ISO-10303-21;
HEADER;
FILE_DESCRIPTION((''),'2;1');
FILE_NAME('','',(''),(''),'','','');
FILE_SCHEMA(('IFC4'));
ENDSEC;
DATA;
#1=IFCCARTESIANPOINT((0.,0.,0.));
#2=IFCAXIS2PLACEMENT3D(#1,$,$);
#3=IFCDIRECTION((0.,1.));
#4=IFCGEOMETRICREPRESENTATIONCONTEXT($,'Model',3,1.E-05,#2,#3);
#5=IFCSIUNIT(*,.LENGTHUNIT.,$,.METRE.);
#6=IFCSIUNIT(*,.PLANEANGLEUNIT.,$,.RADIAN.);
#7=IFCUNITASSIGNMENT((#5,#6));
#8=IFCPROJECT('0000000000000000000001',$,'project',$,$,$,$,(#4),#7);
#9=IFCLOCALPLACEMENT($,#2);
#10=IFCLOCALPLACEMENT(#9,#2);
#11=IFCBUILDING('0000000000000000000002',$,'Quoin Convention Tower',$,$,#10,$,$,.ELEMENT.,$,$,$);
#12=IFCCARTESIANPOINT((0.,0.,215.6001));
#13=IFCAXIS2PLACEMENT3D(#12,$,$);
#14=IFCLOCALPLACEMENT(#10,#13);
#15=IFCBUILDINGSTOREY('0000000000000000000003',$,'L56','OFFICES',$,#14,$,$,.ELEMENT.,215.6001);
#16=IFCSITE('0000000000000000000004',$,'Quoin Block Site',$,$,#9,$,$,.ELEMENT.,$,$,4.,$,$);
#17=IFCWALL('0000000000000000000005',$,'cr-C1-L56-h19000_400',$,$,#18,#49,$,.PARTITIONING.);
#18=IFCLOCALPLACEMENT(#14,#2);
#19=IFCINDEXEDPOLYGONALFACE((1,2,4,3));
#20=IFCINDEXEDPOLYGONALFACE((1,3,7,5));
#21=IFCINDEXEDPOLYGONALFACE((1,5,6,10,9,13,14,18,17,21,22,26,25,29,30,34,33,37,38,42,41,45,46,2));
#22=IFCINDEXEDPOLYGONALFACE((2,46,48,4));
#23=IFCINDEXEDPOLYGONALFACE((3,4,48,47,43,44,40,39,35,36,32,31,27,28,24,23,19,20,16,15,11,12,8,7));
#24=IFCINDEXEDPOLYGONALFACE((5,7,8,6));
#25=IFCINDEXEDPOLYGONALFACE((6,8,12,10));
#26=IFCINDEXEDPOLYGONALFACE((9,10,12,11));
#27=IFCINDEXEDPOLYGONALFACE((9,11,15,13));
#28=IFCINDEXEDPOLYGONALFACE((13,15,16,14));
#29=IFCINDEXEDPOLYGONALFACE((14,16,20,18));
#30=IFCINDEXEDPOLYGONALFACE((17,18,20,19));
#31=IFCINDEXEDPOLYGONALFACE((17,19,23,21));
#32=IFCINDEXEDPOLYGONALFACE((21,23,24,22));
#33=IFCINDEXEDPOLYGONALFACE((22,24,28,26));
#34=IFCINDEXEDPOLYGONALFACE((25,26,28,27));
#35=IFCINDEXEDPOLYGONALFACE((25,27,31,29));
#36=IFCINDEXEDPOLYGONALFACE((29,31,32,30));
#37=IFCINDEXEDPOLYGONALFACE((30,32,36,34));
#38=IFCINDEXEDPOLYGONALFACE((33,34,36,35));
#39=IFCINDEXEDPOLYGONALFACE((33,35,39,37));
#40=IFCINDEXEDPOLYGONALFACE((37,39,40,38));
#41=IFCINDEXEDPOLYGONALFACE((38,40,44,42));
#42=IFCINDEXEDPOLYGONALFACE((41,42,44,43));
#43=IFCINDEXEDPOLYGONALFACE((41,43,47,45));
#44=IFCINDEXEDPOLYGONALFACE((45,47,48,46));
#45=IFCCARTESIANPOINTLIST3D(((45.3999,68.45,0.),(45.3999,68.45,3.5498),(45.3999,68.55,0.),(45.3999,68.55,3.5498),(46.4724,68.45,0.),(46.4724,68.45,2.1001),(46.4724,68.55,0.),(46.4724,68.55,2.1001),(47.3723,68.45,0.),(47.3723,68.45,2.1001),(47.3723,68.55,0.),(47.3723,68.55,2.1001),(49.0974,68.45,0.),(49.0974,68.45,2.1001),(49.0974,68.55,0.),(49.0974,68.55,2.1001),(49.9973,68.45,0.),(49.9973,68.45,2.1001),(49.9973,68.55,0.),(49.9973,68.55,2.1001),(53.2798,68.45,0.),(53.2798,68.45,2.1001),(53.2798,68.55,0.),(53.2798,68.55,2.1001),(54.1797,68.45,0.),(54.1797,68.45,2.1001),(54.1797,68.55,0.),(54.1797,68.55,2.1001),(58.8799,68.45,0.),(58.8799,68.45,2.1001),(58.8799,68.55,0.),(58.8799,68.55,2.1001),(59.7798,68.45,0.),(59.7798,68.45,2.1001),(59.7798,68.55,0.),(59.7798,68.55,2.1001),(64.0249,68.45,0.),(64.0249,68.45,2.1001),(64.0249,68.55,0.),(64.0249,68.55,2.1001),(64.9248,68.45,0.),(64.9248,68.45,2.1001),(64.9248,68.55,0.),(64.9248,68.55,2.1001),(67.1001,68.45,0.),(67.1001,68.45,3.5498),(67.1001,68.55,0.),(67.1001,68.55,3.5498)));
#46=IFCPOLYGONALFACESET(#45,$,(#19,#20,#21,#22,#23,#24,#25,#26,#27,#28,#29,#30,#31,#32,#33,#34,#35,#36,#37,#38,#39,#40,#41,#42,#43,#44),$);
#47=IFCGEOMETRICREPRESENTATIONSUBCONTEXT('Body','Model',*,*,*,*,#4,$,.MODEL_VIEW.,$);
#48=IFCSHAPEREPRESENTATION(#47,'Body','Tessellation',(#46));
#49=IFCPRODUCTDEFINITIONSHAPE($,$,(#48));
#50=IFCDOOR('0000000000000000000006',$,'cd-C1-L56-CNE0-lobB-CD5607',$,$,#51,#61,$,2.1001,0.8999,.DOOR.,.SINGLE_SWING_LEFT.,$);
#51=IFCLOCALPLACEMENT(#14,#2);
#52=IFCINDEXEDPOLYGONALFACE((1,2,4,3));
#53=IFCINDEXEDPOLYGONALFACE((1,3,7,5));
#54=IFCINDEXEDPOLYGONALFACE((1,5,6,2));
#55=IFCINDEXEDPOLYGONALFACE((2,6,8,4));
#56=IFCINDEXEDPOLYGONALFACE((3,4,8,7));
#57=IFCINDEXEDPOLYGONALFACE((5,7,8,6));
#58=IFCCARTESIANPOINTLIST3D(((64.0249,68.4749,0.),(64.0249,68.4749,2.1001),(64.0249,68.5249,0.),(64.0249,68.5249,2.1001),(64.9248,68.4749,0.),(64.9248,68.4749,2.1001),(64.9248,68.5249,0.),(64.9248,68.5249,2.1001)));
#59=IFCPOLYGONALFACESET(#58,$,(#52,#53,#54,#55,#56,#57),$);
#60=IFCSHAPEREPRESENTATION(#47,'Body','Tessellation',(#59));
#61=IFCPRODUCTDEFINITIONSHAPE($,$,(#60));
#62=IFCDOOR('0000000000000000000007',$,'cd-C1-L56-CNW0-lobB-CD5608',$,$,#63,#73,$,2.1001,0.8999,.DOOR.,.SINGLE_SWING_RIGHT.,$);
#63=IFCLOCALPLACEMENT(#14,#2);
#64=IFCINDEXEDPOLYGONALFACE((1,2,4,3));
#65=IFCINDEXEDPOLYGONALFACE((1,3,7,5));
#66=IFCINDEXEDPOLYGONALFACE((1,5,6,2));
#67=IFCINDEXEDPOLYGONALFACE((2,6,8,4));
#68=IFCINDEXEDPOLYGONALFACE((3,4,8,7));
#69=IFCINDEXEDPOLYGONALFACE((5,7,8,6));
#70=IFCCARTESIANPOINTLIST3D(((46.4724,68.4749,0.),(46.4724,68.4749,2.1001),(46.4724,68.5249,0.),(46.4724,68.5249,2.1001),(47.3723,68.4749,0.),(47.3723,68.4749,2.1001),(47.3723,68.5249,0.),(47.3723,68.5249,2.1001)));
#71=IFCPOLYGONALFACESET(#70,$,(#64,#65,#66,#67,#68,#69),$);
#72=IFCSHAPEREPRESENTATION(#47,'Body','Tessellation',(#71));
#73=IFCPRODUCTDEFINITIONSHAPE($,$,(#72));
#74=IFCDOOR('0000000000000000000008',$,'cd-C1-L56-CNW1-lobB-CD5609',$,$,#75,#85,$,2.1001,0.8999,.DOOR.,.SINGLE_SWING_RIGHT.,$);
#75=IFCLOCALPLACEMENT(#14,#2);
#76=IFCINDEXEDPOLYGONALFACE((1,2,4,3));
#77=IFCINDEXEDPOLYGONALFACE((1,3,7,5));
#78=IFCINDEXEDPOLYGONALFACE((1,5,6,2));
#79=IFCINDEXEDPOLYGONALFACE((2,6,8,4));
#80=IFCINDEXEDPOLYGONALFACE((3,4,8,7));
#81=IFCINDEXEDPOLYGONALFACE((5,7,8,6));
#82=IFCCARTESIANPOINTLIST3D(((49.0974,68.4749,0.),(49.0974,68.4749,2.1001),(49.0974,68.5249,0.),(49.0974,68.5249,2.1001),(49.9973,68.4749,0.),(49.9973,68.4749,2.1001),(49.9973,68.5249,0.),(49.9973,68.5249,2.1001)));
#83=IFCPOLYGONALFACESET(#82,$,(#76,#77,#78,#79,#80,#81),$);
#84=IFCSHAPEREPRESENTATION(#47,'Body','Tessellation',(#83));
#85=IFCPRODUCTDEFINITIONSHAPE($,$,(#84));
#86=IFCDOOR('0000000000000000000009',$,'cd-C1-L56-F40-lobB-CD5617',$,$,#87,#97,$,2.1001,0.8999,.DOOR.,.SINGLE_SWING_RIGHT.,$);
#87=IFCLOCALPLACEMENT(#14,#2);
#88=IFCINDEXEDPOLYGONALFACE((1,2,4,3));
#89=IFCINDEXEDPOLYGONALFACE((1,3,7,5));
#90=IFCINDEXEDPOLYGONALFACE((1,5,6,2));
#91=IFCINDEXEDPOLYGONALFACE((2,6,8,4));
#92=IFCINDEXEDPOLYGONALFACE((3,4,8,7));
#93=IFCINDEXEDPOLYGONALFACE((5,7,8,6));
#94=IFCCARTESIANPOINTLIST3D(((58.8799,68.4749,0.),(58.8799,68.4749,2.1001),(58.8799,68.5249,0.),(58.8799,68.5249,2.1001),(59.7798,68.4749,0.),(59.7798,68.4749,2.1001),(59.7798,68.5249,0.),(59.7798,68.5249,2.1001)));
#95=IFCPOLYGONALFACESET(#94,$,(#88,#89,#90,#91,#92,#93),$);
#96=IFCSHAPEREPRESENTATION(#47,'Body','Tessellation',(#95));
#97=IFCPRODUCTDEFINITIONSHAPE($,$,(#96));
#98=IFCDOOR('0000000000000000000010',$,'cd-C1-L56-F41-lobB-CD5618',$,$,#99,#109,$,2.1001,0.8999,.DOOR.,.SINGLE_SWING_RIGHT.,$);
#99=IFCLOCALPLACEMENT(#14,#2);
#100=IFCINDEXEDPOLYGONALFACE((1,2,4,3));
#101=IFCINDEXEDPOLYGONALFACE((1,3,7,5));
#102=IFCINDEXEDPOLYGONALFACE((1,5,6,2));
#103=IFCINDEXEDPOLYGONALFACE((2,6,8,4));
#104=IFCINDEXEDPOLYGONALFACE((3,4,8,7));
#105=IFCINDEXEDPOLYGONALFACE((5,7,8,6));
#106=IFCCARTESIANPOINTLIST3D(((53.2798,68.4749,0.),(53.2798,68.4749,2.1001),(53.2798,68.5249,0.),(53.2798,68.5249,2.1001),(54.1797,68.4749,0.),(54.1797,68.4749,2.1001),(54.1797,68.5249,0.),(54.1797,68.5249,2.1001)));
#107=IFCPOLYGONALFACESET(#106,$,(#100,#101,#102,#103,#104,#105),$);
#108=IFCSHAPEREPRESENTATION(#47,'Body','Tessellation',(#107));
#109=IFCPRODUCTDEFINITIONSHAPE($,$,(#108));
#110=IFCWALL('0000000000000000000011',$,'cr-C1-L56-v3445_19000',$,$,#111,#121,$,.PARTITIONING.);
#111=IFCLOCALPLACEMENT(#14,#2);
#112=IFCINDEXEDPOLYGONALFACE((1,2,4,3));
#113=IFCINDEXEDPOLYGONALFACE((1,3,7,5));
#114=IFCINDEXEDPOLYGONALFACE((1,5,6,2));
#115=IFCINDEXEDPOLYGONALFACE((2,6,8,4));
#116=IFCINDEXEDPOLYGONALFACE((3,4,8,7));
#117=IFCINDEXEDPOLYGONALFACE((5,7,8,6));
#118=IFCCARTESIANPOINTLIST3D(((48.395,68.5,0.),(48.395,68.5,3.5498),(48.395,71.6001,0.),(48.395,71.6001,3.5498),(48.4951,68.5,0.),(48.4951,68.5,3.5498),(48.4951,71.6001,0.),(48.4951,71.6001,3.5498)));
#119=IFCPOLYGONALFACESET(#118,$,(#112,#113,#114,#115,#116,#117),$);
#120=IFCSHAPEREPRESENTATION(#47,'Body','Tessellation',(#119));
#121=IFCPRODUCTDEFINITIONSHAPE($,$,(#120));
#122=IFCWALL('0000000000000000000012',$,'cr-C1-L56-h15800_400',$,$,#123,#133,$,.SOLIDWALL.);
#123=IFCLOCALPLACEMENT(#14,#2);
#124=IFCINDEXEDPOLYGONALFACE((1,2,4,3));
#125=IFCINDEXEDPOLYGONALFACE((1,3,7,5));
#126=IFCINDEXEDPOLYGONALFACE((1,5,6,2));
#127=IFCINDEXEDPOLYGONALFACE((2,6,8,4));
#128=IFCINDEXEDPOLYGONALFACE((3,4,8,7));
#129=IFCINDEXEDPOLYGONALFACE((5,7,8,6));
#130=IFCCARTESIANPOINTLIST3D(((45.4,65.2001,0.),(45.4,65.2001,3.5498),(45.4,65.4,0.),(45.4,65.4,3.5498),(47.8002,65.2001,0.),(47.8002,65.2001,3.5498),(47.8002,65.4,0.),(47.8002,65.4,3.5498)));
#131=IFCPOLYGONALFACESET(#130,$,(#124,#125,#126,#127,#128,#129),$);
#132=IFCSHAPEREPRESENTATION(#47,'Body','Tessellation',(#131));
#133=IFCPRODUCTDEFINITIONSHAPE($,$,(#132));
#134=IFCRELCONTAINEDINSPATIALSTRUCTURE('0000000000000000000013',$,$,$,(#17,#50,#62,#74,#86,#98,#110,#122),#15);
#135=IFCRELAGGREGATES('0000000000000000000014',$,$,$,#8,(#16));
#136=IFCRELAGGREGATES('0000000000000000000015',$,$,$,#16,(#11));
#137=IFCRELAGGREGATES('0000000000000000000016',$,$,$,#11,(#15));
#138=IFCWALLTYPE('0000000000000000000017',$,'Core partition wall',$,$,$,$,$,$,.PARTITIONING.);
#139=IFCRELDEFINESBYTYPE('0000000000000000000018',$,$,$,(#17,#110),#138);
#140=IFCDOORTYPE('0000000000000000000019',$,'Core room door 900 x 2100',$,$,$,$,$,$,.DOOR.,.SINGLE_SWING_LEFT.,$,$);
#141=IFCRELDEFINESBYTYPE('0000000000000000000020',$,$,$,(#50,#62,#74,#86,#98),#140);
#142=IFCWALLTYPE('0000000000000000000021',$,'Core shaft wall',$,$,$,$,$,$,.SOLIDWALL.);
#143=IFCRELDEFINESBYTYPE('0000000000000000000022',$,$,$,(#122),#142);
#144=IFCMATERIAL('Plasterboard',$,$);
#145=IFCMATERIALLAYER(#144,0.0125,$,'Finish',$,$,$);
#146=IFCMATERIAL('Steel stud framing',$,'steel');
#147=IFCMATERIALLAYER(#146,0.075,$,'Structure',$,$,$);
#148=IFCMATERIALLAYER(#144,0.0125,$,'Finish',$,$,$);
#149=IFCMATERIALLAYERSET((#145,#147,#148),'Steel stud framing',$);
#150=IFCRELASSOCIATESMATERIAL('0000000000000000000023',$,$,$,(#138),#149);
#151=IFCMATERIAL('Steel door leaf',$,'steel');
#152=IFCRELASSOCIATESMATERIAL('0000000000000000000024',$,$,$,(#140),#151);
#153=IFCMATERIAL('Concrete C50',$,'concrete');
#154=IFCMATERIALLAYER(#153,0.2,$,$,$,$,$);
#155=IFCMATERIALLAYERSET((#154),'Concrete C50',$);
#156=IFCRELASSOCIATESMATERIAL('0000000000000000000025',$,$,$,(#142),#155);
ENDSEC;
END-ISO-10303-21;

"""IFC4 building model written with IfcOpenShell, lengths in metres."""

from ifc_helpers import new_model, si_unit, direction, frame, frame_2d, origin, place, context, subcontext, project, spatial, rectangle, extrude, material, layer, layer_set, type_object, element, fill, save


model = new_model("IFC4")

# Units and contexts
model_context = context("Model", 3, precision=1e-05, world=origin(), true_north=direction((0.0, 1.0)))
body_context = subcontext(model_context, "Body", "Model", "MODEL_VIEW")
ifc_project = project(units=[si_unit("LENGTHUNIT", "METRE"), si_unit("PLANEANGLEUNIT", "RADIAN")], contexts=[model_context])

# Site, building, storey
site_placement = place(None, origin())
site = spatial("IfcSite", under=ifc_project, at=site_placement, Name="Quoin Block Site", CompositionType="ELEMENT", RefElevation=4.0)
building_placement = place(site_placement, origin())
building = spatial("IfcBuilding", under=site, at=building_placement, Name="Quoin Convention Tower", CompositionType="ELEMENT")
storey_placement = place(building_placement, frame((0.0, 0.0, 215.6001)))
storey = spatial("IfcBuildingStorey", under=building, at=storey_placement, Name="L56", Description="OFFICES", CompositionType="ELEMENT", Elevation=215.6001)

# Wall, openings, doors
ifc_material_1 = material(Name="Plasterboard")
ifc_layer_1 = layer(ifc_material_1, 0.0125, Name="Finish")
ifc_material_2 = material(Name="Steel stud framing", Category="steel")
ifc_layer_2 = layer(ifc_material_2, 0.075, Name="Structure")
ifc_layer_3 = layer(ifc_material_1, 0.0125, Name="Finish")
ifc_layer_set_1 = layer_set([ifc_layer_1, ifc_layer_2, ifc_layer_3], Name="Steel stud framing")
wall_type_1 = type_object("IfcWallType", Name="Core partition wall", PredefinedType="PARTITIONING", material=ifc_layer_set_1)
wall_1_placement = place(storey_placement, frame((45.3999, 68.5, 0.0), z_axis=(0.0, 0.0, 1.0), x_axis=(1.0, 0.0, 0.0)))
wall_1 = element("IfcWall", 1, at=wall_1_placement, inside=storey, type_object=wall_type_1, Name="cr-C1-L56-h19000_400", PredefinedType="PARTITIONING", context=body_context, shape_type="SweptSolid", body=[
    extrude(rectangle(XDim=21.7002, YDim=0.1001, at=frame_2d((10.8501, 0.0))), origin(), (0.0, 0.0, 1.0), 3.5498),
])
opening_1_placement = place(wall_1_placement, frame((18.625, 0.0, 0.0)))
opening_1 = element("IfcOpeningElement", 2, at=opening_1_placement, cuts=wall_1, PredefinedType="OPENING", context=body_context, shape_type="SweptSolid", body=[
    extrude(rectangle(XDim=0.8999, YDim=2.1001, at=frame_2d((0.45, 1.05))), frame((0.0, 0.0601, 0.0), z_axis=(0.0, -1.0, 0.0), x_axis=(1.0, 0.0, 0.0)), (0.0, 0.0, 1.0), 0.1201),
])
opening_2_placement = place(wall_1_placement, frame((1.0725, 0.0, 0.0)))
opening_2 = element("IfcOpeningElement", 3, at=opening_2_placement, cuts=wall_1, PredefinedType="OPENING", context=body_context, shape_type="SweptSolid", body=[
    extrude(rectangle(XDim=0.8999, YDim=2.1001, at=frame_2d((0.45, 1.05))), frame((0.0, 0.0601, 0.0), z_axis=(0.0, -1.0, 0.0), x_axis=(1.0, 0.0, 0.0)), (0.0, 0.0, 1.0), 0.1201),
])
opening_3_placement = place(wall_1_placement, frame((3.6975, 0.0, 0.0)))
opening_3 = element("IfcOpeningElement", 4, at=opening_3_placement, cuts=wall_1, PredefinedType="OPENING", context=body_context, shape_type="SweptSolid", body=[
    extrude(rectangle(XDim=0.8999, YDim=2.1001, at=frame_2d((0.45, 1.05))), frame((0.0, 0.0601, 0.0), z_axis=(0.0, -1.0, 0.0), x_axis=(1.0, 0.0, 0.0)), (0.0, 0.0, 1.0), 0.1201),
])
opening_4_placement = place(wall_1_placement, frame((13.48, 0.0, 0.0)))
opening_4 = element("IfcOpeningElement", 5, at=opening_4_placement, cuts=wall_1, PredefinedType="OPENING", context=body_context, shape_type="SweptSolid", body=[
    extrude(rectangle(XDim=0.8999, YDim=2.1001, at=frame_2d((0.45, 1.05))), frame((0.0, 0.0601, 0.0), z_axis=(0.0, -1.0, 0.0), x_axis=(1.0, 0.0, 0.0)), (0.0, 0.0, 1.0), 0.1201),
])
opening_5_placement = place(wall_1_placement, frame((7.8799, 0.0, 0.0)))
opening_5 = element("IfcOpeningElement", 6, at=opening_5_placement, cuts=wall_1, PredefinedType="OPENING", context=body_context, shape_type="SweptSolid", body=[
    extrude(rectangle(XDim=0.8999, YDim=2.1001, at=frame_2d((0.45, 1.05))), frame((0.0, 0.0601, 0.0), z_axis=(0.0, -1.0, 0.0), x_axis=(1.0, 0.0, 0.0)), (0.0, 0.0, 1.0), 0.1201),
])
ifc_material_3 = material(Name="Steel door leaf", Category="steel")
door_type_1 = type_object("IfcDoorType", Name="Core room door 900 x 2100", OperationType="SINGLE_SWING_LEFT", PredefinedType="DOOR", material=ifc_material_3)
door_1_placement = place(opening_1_placement, origin())
door_1 = element("IfcDoor", 7, at=door_1_placement, inside=storey, type_object=door_type_1, Name="cd-C1-L56-CNE0-lobB-CD5607", OperationType="SINGLE_SWING_LEFT", OverallHeight=2.1001, OverallWidth=0.8999, PredefinedType="DOOR", context=body_context, shape_type="SweptSolid", body=[
    extrude(rectangle(XDim=0.8999, YDim=2.1001, at=frame_2d((0.45, 1.05))), frame((0.0, 0.0249, 0.0), z_axis=(0.0, -1.0, 0.0), x_axis=(1.0, 0.0, 0.0)), (0.0, 0.0, 1.0), 0.05),
])
fill(opening_1, door_1)
door_2_placement = place(opening_2_placement, origin())
door_2 = element("IfcDoor", 8, at=door_2_placement, inside=storey, type_object=door_type_1, Name="cd-C1-L56-CNW0-lobB-CD5608", OperationType="SINGLE_SWING_RIGHT", OverallHeight=2.1001, OverallWidth=0.8999, PredefinedType="DOOR", context=body_context, shape_type="SweptSolid", body=[
    extrude(rectangle(XDim=0.8999, YDim=2.1001, at=frame_2d((0.45, 1.05))), frame((0.0, 0.0249, 0.0), z_axis=(0.0, -1.0, 0.0), x_axis=(1.0, 0.0, 0.0)), (0.0, 0.0, 1.0), 0.05),
])
fill(opening_2, door_2)
door_3_placement = place(opening_3_placement, origin())
door_3 = element("IfcDoor", 9, at=door_3_placement, inside=storey, type_object=door_type_1, Name="cd-C1-L56-CNW1-lobB-CD5609", OperationType="SINGLE_SWING_RIGHT", OverallHeight=2.1001, OverallWidth=0.8999, PredefinedType="DOOR", context=body_context, shape_type="SweptSolid", body=[
    extrude(rectangle(XDim=0.8999, YDim=2.1001, at=frame_2d((0.45, 1.05))), frame((0.0, 0.0249, 0.0), z_axis=(0.0, -1.0, 0.0), x_axis=(1.0, 0.0, 0.0)), (0.0, 0.0, 1.0), 0.05),
])
fill(opening_3, door_3)
door_4_placement = place(opening_4_placement, origin())
door_4 = element("IfcDoor", 10, at=door_4_placement, inside=storey, type_object=door_type_1, Name="cd-C1-L56-F40-lobB-CD5617", OperationType="SINGLE_SWING_RIGHT", OverallHeight=2.1001, OverallWidth=0.8999, PredefinedType="DOOR", context=body_context, shape_type="SweptSolid", body=[
    extrude(rectangle(XDim=0.8999, YDim=2.1001, at=frame_2d((0.45, 1.05))), frame((0.0, 0.0249, 0.0), z_axis=(0.0, -1.0, 0.0), x_axis=(1.0, 0.0, 0.0)), (0.0, 0.0, 1.0), 0.05),
])
fill(opening_4, door_4)
door_5_placement = place(opening_5_placement, origin())
door_5 = element("IfcDoor", 11, at=door_5_placement, inside=storey, type_object=door_type_1, Name="cd-C1-L56-F41-lobB-CD5618", OperationType="SINGLE_SWING_RIGHT", OverallHeight=2.1001, OverallWidth=0.8999, PredefinedType="DOOR", context=body_context, shape_type="SweptSolid", body=[
    extrude(rectangle(XDim=0.8999, YDim=2.1001, at=frame_2d((0.45, 1.05))), frame((0.0, 0.0249, 0.0), z_axis=(0.0, -1.0, 0.0), x_axis=(1.0, 0.0, 0.0)), (0.0, 0.0, 1.0), 0.05),
])
fill(opening_5, door_5)

# Walls
wall_2_placement = place(storey_placement, frame((48.4451, 68.5, 0.0), z_axis=(0.0, 0.0, 1.0), x_axis=(0.0, 1.0, 0.0)))
element("IfcWall", 12, at=wall_2_placement, inside=storey, type_object=wall_type_1, Name="cr-C1-L56-v3445_19000", PredefinedType="PARTITIONING", context=body_context, shape_type="SweptSolid", body=[
    extrude(rectangle(XDim=3.1001, YDim=0.1001, at=frame_2d((1.55, 0.0))), origin(), (0.0, 0.0, 1.0), 3.5498),
])
ifc_material_4 = material(Name="Concrete C50", Category="concrete")
ifc_layer_4 = layer(ifc_material_4, 0.2)
ifc_layer_set_2 = layer_set([ifc_layer_4], Name="Concrete C50")
wall_type_2 = type_object("IfcWallType", Name="Core shaft wall", PredefinedType="SOLIDWALL", material=ifc_layer_set_2)
wall_3_placement = place(storey_placement, frame((45.3999, 65.3, 0.0), z_axis=(0.0, 0.0, 1.0), x_axis=(1.0, 0.0, 0.0)))
element("IfcWall", 13, at=wall_3_placement, inside=storey, type_object=wall_type_2, Name="cr-C1-L56-h15800_400", PredefinedType="SOLIDWALL", context=body_context, shape_type="SweptSolid", body=[
    extrude(rectangle(XDim=2.4001, YDim=0.2, at=frame_2d((1.2002, 0.0))), origin(), (0.0, 0.0, 1.0), 3.5498),
])

save(model, "model.ifc")
